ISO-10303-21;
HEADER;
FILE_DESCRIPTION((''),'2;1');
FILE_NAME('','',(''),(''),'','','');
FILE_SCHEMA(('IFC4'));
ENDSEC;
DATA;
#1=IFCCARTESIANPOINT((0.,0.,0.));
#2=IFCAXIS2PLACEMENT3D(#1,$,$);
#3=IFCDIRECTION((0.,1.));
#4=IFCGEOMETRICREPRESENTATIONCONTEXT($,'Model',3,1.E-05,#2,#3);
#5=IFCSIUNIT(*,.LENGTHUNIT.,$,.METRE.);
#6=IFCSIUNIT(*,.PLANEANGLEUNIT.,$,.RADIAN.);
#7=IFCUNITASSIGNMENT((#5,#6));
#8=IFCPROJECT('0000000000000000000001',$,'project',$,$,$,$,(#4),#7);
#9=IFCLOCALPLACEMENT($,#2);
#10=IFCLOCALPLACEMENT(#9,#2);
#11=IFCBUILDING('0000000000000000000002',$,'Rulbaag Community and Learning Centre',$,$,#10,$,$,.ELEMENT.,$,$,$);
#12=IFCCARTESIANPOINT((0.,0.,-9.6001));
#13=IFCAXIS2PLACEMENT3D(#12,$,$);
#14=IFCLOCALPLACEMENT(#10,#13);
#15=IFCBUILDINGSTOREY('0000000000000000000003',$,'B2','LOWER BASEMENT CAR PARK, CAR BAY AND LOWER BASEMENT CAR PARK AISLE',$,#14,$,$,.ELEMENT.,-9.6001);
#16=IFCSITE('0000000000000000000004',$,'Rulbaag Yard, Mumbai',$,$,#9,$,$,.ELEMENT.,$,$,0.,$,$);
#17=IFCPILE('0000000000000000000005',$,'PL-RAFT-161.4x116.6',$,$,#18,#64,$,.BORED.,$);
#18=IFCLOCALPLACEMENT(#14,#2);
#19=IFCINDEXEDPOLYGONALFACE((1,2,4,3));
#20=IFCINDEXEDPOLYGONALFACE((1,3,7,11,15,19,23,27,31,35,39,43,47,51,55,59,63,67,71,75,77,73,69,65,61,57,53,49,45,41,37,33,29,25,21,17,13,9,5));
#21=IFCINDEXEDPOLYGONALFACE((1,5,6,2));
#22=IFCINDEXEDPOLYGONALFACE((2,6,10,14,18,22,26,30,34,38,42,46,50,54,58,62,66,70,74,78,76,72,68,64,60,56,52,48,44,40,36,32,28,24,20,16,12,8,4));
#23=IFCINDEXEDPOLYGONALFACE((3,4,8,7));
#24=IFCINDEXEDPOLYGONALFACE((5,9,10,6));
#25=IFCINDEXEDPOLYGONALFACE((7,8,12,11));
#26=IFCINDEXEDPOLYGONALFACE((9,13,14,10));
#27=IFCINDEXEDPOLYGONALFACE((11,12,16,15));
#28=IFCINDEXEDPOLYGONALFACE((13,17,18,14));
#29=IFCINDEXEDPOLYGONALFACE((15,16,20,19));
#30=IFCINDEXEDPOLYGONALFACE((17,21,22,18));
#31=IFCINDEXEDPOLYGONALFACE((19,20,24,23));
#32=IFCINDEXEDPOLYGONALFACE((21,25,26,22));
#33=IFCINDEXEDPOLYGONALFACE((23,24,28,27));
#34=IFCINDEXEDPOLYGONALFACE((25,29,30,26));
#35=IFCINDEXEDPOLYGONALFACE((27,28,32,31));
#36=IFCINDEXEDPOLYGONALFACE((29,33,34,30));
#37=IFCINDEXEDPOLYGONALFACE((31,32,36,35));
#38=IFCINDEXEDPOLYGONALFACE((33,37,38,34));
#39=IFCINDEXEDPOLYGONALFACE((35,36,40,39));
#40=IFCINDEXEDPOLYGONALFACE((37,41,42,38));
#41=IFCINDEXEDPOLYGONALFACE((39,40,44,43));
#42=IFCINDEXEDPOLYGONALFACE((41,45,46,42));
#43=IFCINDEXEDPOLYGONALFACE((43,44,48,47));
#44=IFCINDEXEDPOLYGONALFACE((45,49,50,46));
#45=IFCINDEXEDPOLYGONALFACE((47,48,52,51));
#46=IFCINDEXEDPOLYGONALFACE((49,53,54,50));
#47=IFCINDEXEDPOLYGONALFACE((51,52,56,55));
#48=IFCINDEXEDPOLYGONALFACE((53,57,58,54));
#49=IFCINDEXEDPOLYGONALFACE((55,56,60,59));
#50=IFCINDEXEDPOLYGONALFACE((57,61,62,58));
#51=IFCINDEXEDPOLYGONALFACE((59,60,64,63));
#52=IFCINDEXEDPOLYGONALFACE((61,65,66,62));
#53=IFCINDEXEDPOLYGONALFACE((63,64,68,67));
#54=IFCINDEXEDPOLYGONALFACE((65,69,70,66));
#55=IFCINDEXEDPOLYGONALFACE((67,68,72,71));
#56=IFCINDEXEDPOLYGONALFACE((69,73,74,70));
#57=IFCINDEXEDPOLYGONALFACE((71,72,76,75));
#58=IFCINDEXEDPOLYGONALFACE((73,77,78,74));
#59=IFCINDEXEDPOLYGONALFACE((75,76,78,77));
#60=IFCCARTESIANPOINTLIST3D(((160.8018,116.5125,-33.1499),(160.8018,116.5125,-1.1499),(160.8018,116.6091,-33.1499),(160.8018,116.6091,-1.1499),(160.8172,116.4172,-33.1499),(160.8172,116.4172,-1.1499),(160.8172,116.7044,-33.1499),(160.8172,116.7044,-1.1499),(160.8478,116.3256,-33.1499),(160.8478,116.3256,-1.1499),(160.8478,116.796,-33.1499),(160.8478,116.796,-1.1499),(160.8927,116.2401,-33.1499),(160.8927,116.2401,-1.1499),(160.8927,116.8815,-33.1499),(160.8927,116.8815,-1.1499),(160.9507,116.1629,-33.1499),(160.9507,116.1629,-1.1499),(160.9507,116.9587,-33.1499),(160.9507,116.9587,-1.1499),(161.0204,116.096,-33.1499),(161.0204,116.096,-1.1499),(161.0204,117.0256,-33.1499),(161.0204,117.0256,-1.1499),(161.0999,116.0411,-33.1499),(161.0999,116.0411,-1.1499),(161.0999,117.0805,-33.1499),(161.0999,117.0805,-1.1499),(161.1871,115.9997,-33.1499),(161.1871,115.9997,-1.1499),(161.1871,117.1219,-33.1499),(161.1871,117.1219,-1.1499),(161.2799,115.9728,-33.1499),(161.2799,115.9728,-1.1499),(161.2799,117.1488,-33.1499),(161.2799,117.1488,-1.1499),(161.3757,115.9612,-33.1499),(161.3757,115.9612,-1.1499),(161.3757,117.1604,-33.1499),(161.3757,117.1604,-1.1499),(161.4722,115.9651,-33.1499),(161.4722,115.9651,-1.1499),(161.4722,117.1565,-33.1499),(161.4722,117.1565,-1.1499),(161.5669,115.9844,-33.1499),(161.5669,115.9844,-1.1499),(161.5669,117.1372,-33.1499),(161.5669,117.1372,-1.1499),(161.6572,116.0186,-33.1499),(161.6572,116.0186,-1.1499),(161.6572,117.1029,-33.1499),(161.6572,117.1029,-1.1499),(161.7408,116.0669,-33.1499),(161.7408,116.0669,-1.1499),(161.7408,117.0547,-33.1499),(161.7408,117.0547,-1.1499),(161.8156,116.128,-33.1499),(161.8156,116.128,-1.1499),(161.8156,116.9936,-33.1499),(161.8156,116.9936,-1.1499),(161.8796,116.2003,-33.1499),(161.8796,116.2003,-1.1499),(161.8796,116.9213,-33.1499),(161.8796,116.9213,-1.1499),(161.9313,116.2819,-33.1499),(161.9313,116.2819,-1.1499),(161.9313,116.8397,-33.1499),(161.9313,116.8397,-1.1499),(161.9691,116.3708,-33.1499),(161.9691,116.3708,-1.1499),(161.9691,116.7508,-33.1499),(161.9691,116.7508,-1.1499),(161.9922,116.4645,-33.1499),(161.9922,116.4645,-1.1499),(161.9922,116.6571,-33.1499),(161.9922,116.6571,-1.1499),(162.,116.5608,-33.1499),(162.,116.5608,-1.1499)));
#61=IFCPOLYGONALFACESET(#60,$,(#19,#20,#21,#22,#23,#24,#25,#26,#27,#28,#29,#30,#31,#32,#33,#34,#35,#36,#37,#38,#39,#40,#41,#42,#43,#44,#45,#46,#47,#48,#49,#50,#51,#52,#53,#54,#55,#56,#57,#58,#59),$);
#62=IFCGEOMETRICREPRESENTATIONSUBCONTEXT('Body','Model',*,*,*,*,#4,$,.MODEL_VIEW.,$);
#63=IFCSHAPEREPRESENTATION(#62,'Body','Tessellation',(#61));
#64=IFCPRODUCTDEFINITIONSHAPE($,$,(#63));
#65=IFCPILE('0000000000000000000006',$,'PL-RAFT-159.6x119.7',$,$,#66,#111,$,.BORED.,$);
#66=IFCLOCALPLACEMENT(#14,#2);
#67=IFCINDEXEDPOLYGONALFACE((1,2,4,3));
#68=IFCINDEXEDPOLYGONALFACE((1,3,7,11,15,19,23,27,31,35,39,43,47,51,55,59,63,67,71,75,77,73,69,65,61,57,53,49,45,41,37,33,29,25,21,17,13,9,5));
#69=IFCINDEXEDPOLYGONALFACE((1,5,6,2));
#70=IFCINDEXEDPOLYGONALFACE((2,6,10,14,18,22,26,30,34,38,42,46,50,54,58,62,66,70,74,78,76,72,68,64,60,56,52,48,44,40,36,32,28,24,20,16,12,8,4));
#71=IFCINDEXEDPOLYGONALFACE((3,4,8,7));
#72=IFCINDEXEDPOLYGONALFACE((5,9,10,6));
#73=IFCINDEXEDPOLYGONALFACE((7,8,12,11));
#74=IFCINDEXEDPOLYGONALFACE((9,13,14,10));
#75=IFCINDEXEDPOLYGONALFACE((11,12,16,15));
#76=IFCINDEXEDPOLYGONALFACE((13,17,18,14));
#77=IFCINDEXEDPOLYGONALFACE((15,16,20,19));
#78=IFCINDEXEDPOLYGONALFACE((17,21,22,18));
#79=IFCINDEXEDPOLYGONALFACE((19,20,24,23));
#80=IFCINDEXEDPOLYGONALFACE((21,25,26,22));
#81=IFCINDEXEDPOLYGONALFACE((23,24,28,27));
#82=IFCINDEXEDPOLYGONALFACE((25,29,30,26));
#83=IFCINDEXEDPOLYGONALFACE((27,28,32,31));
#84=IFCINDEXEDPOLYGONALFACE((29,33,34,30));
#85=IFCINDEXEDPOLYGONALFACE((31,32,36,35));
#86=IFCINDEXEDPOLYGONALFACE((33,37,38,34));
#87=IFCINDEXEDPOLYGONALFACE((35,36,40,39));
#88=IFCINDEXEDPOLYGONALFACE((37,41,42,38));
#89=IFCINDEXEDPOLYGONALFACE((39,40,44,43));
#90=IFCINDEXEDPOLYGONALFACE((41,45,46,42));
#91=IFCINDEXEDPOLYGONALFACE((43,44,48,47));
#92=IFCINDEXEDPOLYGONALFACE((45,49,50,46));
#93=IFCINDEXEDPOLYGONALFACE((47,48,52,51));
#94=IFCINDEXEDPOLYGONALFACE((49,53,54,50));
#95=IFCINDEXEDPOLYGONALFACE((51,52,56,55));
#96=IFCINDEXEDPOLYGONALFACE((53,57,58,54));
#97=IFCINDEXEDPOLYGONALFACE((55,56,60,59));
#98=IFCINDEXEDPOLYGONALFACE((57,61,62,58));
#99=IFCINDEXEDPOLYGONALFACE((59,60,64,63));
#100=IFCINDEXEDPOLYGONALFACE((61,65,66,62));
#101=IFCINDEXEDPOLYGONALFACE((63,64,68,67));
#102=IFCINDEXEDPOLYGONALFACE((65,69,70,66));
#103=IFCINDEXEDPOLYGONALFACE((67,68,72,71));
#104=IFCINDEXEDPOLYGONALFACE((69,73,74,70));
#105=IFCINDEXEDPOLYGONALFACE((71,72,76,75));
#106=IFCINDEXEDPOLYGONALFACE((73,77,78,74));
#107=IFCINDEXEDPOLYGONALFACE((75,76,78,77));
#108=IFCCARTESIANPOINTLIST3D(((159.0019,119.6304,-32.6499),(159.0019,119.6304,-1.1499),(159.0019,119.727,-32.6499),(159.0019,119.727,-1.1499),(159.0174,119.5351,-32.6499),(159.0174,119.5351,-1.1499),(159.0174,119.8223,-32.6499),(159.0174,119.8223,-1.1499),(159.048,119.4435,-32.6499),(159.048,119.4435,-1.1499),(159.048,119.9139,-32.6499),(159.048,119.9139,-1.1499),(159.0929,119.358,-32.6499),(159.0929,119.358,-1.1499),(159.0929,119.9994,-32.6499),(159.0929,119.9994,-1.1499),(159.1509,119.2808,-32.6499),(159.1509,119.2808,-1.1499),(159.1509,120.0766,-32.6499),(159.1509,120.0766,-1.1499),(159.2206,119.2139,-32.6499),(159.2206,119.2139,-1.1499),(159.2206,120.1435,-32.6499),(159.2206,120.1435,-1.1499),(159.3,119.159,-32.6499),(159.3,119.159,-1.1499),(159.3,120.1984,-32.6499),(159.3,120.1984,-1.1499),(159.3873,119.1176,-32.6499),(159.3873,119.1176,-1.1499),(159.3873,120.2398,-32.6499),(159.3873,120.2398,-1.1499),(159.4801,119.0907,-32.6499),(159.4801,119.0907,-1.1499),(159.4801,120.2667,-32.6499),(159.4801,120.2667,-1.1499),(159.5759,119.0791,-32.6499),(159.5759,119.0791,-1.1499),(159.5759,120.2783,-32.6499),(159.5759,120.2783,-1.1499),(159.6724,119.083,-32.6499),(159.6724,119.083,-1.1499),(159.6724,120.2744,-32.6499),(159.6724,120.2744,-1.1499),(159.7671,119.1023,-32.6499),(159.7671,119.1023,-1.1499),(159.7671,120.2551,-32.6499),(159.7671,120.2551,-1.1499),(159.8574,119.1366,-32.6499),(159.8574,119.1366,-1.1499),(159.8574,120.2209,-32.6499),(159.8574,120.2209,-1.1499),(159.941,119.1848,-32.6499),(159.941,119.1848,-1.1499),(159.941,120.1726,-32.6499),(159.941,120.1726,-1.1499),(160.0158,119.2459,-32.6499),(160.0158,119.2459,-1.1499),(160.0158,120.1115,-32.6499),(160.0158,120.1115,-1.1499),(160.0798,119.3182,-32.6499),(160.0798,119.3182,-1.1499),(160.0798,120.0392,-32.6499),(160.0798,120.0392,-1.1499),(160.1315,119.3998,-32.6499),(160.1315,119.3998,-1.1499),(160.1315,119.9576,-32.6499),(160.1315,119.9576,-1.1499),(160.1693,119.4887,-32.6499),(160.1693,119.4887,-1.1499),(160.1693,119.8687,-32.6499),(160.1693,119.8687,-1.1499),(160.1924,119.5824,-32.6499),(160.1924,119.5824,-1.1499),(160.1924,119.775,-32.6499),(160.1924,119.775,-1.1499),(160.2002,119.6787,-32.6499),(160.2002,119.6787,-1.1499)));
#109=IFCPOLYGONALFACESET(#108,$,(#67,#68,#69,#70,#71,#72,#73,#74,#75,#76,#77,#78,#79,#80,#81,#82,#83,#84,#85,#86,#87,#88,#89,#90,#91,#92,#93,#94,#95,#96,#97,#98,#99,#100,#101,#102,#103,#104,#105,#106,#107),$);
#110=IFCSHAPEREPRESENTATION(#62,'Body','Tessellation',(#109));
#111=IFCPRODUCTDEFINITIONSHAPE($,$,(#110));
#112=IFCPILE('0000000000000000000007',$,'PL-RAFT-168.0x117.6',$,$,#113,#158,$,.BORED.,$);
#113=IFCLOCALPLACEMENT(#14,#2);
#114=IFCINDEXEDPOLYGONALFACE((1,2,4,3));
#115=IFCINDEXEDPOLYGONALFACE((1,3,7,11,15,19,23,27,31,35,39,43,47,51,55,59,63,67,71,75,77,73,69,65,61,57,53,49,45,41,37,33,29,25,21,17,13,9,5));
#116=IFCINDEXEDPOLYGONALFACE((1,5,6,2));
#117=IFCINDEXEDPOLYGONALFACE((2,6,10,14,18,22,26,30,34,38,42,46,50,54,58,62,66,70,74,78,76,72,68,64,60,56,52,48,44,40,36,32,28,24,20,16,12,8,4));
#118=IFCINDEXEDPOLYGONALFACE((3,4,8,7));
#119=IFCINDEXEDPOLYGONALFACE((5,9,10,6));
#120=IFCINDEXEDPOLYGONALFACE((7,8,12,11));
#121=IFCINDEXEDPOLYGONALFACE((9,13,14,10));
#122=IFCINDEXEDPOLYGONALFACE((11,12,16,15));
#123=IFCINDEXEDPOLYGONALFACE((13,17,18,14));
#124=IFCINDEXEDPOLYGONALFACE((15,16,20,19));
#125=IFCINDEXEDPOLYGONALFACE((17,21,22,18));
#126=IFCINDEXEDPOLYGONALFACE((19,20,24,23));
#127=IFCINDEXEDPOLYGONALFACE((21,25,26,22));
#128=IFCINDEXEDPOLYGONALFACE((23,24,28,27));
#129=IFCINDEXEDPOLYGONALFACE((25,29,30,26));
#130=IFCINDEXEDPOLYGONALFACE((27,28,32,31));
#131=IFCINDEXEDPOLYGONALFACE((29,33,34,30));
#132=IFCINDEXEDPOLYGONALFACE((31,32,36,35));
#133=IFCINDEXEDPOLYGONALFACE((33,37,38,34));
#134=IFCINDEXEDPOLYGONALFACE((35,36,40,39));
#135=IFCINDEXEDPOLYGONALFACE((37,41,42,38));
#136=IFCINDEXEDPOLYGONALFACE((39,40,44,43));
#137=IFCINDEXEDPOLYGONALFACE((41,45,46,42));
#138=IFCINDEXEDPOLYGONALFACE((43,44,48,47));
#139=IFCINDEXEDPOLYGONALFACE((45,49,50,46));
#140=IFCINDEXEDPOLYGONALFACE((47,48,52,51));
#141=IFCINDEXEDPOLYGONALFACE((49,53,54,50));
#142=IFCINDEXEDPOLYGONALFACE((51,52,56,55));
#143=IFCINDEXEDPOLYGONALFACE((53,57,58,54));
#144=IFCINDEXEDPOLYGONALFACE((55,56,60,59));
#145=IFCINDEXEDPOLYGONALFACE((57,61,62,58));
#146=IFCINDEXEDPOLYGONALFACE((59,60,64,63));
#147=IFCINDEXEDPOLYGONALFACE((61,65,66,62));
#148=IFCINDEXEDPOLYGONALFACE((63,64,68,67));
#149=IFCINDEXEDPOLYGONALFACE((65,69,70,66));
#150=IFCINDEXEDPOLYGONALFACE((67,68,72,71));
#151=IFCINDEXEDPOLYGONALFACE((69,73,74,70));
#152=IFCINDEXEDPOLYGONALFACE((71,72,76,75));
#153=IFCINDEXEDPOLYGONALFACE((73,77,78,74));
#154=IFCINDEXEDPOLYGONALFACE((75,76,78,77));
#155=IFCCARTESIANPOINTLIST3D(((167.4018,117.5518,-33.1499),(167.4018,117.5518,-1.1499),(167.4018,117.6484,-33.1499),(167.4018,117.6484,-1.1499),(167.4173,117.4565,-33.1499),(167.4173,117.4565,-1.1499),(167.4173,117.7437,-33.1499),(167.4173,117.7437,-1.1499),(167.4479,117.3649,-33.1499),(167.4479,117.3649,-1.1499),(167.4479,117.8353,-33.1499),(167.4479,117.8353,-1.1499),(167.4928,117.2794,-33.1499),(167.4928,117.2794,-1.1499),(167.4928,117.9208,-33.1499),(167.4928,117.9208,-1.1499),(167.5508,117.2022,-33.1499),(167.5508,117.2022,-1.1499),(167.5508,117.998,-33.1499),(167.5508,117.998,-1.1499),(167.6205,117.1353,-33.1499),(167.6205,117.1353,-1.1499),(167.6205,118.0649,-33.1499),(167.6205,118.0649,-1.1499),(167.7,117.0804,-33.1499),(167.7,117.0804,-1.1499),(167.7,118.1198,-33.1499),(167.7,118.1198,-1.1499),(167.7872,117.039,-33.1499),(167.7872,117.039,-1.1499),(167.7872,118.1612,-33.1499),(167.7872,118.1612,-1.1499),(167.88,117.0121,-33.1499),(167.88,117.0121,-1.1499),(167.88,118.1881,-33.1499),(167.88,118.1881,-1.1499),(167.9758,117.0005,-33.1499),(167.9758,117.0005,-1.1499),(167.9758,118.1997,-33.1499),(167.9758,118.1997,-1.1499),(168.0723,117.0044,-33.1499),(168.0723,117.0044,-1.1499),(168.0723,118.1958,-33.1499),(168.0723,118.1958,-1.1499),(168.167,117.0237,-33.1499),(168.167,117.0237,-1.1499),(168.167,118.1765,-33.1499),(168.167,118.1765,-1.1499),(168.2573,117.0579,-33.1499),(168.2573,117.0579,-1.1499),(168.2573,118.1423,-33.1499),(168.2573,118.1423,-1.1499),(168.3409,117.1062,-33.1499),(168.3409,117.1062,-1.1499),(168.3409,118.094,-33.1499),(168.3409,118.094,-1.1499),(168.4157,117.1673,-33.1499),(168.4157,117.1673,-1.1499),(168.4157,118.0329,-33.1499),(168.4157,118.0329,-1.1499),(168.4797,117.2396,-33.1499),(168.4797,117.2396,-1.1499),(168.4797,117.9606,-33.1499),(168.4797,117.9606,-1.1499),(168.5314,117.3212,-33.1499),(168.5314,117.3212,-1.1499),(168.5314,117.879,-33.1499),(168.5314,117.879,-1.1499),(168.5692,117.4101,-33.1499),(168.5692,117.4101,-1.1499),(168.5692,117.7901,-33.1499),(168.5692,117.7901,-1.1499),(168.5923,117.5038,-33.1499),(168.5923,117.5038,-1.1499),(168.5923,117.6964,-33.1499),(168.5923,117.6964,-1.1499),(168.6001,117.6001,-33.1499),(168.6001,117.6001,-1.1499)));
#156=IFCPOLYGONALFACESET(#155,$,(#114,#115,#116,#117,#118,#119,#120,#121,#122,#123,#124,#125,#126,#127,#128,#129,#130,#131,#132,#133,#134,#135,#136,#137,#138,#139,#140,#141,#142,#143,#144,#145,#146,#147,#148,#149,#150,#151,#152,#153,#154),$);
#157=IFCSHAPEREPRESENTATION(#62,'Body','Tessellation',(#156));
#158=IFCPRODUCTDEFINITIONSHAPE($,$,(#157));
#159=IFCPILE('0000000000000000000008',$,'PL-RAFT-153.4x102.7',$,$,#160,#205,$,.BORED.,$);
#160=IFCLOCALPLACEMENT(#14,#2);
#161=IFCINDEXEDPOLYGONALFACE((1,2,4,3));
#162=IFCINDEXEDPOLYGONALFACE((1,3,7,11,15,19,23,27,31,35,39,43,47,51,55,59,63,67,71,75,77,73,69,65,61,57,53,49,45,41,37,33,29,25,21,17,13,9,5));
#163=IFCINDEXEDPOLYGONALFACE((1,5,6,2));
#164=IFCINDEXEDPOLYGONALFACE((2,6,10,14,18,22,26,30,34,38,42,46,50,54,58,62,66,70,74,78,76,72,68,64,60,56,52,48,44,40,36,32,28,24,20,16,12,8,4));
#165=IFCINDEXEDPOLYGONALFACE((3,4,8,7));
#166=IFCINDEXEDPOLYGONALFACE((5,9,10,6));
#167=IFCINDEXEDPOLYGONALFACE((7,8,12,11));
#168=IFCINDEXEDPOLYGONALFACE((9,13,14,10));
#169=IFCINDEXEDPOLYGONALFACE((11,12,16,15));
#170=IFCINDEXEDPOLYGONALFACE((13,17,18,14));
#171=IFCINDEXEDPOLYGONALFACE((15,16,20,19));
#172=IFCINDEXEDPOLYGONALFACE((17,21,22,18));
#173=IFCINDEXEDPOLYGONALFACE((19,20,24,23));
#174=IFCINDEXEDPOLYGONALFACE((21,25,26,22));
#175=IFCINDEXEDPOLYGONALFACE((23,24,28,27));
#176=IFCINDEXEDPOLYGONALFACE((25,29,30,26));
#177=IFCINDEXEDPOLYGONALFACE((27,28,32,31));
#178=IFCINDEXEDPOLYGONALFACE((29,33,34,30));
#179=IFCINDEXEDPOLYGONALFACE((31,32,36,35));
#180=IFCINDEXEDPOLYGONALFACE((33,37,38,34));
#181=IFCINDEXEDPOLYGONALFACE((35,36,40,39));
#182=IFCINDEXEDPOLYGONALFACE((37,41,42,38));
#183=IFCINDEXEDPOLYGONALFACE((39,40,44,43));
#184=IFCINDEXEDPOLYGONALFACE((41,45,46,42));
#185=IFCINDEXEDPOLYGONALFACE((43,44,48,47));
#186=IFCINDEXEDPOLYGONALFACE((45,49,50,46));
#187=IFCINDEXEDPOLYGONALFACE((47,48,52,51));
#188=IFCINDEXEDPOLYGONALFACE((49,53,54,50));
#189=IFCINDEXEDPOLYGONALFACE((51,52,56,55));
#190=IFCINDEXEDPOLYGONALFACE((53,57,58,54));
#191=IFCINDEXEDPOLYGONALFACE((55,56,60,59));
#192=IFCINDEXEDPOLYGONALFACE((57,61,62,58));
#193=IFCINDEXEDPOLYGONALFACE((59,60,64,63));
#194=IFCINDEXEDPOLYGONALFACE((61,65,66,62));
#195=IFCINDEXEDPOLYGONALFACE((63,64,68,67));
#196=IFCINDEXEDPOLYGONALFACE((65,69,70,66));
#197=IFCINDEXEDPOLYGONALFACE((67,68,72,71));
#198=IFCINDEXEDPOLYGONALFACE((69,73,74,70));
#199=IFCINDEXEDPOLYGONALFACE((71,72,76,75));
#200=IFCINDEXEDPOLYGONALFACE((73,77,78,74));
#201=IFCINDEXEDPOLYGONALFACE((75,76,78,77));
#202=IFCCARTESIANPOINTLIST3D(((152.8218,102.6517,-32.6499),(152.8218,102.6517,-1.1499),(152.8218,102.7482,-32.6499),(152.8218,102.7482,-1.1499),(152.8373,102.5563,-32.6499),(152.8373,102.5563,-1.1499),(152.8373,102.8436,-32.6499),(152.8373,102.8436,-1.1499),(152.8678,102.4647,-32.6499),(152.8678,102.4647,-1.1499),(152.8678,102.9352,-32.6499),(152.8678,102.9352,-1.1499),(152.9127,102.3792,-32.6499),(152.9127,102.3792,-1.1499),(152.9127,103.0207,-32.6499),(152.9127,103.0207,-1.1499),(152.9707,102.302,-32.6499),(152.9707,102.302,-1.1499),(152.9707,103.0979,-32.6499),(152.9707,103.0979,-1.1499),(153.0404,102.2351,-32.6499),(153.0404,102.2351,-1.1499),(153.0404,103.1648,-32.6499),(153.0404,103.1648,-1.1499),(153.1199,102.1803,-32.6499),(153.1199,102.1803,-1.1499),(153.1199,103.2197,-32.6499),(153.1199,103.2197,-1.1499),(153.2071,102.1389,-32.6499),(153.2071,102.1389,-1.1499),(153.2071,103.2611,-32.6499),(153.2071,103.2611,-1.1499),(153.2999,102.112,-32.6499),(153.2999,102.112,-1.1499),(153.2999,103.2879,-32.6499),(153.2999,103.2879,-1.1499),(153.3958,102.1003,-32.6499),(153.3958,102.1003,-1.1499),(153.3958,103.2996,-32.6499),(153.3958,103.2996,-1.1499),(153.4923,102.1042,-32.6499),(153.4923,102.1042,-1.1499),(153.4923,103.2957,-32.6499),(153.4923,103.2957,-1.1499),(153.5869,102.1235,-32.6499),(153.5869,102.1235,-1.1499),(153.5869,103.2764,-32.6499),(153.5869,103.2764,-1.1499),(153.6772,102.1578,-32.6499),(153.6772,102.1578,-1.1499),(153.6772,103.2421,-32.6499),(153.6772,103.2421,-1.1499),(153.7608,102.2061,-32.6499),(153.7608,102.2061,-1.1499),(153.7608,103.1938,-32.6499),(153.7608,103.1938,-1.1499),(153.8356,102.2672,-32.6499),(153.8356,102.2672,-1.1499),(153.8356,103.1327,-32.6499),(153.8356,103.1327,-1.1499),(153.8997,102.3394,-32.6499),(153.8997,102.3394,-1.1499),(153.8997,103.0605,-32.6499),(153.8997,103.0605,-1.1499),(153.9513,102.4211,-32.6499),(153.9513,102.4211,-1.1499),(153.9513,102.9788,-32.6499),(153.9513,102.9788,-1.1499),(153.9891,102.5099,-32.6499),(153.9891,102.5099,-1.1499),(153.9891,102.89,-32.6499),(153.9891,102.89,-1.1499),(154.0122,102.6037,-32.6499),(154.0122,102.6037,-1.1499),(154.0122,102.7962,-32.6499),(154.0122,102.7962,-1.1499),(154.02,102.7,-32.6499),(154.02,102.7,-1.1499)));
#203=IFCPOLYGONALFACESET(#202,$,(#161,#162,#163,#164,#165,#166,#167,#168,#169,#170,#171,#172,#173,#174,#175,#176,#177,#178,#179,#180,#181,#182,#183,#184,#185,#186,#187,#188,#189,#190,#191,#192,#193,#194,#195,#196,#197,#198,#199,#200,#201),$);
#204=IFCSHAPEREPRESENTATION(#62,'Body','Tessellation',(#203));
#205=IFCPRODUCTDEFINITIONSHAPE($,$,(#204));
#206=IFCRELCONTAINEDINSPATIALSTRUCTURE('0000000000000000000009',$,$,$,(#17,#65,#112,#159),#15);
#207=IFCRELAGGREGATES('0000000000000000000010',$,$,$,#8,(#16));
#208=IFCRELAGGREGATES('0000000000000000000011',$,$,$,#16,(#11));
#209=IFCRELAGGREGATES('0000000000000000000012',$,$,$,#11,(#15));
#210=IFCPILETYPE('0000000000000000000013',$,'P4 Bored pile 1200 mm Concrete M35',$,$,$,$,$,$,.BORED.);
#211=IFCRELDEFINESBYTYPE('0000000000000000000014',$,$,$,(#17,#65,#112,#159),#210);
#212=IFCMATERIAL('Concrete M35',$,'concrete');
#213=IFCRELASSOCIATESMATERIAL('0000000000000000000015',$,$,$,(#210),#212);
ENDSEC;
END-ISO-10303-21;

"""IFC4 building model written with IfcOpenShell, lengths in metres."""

from ifc_helpers import new_model, si_unit, direction, frame, origin, origin_2d, place, context, subcontext, project, spatial, circle, extrude, material, material_profile, profile_set, type_object, element, save


model = new_model("IFC4")

# Units and contexts
model_context = context("Model", 3, precision=1e-05, world=origin(), true_north=direction((0.0, 1.0)))
body_context = subcontext(model_context, "Body", "Model", "MODEL_VIEW")
ifc_project = project(units=[si_unit("LENGTHUNIT", "METRE"), si_unit("PLANEANGLEUNIT", "RADIAN")], contexts=[model_context])

# Site, building, storey
site_placement = place(None, origin())
site = spatial("IfcSite", under=ifc_project, at=site_placement, Name="Rulbaag Yard, Mumbai", CompositionType="ELEMENT", RefElevation=0.0)
building_placement = place(site_placement, origin())
building = spatial("IfcBuilding", under=site, at=building_placement, Name="Rulbaag Community and Learning Centre", CompositionType="ELEMENT")
storey_placement = place(building_placement, frame((0.0, 0.0, -9.6001)))
storey = spatial("IfcBuildingStorey", under=building, at=storey_placement, Name="B2", Description="LOWER BASEMENT CAR PARK, CAR BAY AND LOWER BASEMENT CAR PARK AISLE", CompositionType="ELEMENT", Elevation=-9.6001)

# Piles
ifc_material_1 = material(Name="Concrete M35", Category="concrete")
ifc_material_profile_1 = material_profile(ifc_material_1, circle(Radius=0.6001, at=origin_2d()), Name="BP1200")
ifc_profile_set_1 = profile_set([ifc_material_profile_1], Name="Concrete M35")
pile_type_1 = type_object("IfcPileType", Name="P4 Bored pile 1200 mm Concrete M35", PredefinedType="BORED", material=ifc_profile_set_1)
pile_1_placement = place(storey_placement, frame((161.3999, 116.5608, -1.1499), z_axis=(0.0, 0.0, -1.0), x_axis=(1.0, 0.0, 0.0)))
element("IfcPile", 1, at=pile_1_placement, inside=storey, type_object=pile_type_1, Name="PL-RAFT-161.4x116.6", PredefinedType="BORED", context=body_context, shape_type="SweptSolid", body=[
    extrude(circle(Radius=0.6001, at=origin_2d()), origin(), (0.0, 0.0, 1.0), 32.0),
])
pile_2_placement = place(storey_placement, frame((159.6001, 119.6787, -1.1499), z_axis=(0.0, 0.0, -1.0), x_axis=(1.0, 0.0, 0.0)))
element("IfcPile", 2, at=pile_2_placement, inside=storey, type_object=pile_type_1, Name="PL-RAFT-159.6x119.7", PredefinedType="BORED", context=body_context, shape_type="SweptSolid", body=[
    extrude(circle(Radius=0.6001, at=origin_2d()), origin(), (0.0, 0.0, 1.0), 31.5),
])
pile_3_placement = place(storey_placement, frame((168.0, 117.6001, -1.1499), z_axis=(0.0, 0.0, -1.0), x_axis=(1.0, 0.0, 0.0)))
element("IfcPile", 3, at=pile_3_placement, inside=storey, type_object=pile_type_1, Name="PL-RAFT-168.0x117.6", PredefinedType="BORED", context=body_context, shape_type="SweptSolid", body=[
    extrude(circle(Radius=0.6001, at=origin_2d()), origin(), (0.0, 0.0, 1.0), 32.0),
])
for number, where, z_axis, x_axis, name in (
    (4, (153.4199, 102.7, -1.1499), (0.0, 0.0, -1.0), (1.0, 0.0, 0.0), "PL-RAFT-153.4x102.7"),
):
    element("IfcPile", number, at=place(storey_placement, frame(where, z_axis=z_axis, x_axis=x_axis)), inside=storey, type_object=pile_type_1, Name=name, PredefinedType="BORED", context=body_context, shape_type="SweptSolid", body=[
        extrude(circle(Radius=0.6001, at=origin_2d()), origin(), (0.0, 0.0, 1.0), 31.5),
    ])

save(model, "model.ifc")
